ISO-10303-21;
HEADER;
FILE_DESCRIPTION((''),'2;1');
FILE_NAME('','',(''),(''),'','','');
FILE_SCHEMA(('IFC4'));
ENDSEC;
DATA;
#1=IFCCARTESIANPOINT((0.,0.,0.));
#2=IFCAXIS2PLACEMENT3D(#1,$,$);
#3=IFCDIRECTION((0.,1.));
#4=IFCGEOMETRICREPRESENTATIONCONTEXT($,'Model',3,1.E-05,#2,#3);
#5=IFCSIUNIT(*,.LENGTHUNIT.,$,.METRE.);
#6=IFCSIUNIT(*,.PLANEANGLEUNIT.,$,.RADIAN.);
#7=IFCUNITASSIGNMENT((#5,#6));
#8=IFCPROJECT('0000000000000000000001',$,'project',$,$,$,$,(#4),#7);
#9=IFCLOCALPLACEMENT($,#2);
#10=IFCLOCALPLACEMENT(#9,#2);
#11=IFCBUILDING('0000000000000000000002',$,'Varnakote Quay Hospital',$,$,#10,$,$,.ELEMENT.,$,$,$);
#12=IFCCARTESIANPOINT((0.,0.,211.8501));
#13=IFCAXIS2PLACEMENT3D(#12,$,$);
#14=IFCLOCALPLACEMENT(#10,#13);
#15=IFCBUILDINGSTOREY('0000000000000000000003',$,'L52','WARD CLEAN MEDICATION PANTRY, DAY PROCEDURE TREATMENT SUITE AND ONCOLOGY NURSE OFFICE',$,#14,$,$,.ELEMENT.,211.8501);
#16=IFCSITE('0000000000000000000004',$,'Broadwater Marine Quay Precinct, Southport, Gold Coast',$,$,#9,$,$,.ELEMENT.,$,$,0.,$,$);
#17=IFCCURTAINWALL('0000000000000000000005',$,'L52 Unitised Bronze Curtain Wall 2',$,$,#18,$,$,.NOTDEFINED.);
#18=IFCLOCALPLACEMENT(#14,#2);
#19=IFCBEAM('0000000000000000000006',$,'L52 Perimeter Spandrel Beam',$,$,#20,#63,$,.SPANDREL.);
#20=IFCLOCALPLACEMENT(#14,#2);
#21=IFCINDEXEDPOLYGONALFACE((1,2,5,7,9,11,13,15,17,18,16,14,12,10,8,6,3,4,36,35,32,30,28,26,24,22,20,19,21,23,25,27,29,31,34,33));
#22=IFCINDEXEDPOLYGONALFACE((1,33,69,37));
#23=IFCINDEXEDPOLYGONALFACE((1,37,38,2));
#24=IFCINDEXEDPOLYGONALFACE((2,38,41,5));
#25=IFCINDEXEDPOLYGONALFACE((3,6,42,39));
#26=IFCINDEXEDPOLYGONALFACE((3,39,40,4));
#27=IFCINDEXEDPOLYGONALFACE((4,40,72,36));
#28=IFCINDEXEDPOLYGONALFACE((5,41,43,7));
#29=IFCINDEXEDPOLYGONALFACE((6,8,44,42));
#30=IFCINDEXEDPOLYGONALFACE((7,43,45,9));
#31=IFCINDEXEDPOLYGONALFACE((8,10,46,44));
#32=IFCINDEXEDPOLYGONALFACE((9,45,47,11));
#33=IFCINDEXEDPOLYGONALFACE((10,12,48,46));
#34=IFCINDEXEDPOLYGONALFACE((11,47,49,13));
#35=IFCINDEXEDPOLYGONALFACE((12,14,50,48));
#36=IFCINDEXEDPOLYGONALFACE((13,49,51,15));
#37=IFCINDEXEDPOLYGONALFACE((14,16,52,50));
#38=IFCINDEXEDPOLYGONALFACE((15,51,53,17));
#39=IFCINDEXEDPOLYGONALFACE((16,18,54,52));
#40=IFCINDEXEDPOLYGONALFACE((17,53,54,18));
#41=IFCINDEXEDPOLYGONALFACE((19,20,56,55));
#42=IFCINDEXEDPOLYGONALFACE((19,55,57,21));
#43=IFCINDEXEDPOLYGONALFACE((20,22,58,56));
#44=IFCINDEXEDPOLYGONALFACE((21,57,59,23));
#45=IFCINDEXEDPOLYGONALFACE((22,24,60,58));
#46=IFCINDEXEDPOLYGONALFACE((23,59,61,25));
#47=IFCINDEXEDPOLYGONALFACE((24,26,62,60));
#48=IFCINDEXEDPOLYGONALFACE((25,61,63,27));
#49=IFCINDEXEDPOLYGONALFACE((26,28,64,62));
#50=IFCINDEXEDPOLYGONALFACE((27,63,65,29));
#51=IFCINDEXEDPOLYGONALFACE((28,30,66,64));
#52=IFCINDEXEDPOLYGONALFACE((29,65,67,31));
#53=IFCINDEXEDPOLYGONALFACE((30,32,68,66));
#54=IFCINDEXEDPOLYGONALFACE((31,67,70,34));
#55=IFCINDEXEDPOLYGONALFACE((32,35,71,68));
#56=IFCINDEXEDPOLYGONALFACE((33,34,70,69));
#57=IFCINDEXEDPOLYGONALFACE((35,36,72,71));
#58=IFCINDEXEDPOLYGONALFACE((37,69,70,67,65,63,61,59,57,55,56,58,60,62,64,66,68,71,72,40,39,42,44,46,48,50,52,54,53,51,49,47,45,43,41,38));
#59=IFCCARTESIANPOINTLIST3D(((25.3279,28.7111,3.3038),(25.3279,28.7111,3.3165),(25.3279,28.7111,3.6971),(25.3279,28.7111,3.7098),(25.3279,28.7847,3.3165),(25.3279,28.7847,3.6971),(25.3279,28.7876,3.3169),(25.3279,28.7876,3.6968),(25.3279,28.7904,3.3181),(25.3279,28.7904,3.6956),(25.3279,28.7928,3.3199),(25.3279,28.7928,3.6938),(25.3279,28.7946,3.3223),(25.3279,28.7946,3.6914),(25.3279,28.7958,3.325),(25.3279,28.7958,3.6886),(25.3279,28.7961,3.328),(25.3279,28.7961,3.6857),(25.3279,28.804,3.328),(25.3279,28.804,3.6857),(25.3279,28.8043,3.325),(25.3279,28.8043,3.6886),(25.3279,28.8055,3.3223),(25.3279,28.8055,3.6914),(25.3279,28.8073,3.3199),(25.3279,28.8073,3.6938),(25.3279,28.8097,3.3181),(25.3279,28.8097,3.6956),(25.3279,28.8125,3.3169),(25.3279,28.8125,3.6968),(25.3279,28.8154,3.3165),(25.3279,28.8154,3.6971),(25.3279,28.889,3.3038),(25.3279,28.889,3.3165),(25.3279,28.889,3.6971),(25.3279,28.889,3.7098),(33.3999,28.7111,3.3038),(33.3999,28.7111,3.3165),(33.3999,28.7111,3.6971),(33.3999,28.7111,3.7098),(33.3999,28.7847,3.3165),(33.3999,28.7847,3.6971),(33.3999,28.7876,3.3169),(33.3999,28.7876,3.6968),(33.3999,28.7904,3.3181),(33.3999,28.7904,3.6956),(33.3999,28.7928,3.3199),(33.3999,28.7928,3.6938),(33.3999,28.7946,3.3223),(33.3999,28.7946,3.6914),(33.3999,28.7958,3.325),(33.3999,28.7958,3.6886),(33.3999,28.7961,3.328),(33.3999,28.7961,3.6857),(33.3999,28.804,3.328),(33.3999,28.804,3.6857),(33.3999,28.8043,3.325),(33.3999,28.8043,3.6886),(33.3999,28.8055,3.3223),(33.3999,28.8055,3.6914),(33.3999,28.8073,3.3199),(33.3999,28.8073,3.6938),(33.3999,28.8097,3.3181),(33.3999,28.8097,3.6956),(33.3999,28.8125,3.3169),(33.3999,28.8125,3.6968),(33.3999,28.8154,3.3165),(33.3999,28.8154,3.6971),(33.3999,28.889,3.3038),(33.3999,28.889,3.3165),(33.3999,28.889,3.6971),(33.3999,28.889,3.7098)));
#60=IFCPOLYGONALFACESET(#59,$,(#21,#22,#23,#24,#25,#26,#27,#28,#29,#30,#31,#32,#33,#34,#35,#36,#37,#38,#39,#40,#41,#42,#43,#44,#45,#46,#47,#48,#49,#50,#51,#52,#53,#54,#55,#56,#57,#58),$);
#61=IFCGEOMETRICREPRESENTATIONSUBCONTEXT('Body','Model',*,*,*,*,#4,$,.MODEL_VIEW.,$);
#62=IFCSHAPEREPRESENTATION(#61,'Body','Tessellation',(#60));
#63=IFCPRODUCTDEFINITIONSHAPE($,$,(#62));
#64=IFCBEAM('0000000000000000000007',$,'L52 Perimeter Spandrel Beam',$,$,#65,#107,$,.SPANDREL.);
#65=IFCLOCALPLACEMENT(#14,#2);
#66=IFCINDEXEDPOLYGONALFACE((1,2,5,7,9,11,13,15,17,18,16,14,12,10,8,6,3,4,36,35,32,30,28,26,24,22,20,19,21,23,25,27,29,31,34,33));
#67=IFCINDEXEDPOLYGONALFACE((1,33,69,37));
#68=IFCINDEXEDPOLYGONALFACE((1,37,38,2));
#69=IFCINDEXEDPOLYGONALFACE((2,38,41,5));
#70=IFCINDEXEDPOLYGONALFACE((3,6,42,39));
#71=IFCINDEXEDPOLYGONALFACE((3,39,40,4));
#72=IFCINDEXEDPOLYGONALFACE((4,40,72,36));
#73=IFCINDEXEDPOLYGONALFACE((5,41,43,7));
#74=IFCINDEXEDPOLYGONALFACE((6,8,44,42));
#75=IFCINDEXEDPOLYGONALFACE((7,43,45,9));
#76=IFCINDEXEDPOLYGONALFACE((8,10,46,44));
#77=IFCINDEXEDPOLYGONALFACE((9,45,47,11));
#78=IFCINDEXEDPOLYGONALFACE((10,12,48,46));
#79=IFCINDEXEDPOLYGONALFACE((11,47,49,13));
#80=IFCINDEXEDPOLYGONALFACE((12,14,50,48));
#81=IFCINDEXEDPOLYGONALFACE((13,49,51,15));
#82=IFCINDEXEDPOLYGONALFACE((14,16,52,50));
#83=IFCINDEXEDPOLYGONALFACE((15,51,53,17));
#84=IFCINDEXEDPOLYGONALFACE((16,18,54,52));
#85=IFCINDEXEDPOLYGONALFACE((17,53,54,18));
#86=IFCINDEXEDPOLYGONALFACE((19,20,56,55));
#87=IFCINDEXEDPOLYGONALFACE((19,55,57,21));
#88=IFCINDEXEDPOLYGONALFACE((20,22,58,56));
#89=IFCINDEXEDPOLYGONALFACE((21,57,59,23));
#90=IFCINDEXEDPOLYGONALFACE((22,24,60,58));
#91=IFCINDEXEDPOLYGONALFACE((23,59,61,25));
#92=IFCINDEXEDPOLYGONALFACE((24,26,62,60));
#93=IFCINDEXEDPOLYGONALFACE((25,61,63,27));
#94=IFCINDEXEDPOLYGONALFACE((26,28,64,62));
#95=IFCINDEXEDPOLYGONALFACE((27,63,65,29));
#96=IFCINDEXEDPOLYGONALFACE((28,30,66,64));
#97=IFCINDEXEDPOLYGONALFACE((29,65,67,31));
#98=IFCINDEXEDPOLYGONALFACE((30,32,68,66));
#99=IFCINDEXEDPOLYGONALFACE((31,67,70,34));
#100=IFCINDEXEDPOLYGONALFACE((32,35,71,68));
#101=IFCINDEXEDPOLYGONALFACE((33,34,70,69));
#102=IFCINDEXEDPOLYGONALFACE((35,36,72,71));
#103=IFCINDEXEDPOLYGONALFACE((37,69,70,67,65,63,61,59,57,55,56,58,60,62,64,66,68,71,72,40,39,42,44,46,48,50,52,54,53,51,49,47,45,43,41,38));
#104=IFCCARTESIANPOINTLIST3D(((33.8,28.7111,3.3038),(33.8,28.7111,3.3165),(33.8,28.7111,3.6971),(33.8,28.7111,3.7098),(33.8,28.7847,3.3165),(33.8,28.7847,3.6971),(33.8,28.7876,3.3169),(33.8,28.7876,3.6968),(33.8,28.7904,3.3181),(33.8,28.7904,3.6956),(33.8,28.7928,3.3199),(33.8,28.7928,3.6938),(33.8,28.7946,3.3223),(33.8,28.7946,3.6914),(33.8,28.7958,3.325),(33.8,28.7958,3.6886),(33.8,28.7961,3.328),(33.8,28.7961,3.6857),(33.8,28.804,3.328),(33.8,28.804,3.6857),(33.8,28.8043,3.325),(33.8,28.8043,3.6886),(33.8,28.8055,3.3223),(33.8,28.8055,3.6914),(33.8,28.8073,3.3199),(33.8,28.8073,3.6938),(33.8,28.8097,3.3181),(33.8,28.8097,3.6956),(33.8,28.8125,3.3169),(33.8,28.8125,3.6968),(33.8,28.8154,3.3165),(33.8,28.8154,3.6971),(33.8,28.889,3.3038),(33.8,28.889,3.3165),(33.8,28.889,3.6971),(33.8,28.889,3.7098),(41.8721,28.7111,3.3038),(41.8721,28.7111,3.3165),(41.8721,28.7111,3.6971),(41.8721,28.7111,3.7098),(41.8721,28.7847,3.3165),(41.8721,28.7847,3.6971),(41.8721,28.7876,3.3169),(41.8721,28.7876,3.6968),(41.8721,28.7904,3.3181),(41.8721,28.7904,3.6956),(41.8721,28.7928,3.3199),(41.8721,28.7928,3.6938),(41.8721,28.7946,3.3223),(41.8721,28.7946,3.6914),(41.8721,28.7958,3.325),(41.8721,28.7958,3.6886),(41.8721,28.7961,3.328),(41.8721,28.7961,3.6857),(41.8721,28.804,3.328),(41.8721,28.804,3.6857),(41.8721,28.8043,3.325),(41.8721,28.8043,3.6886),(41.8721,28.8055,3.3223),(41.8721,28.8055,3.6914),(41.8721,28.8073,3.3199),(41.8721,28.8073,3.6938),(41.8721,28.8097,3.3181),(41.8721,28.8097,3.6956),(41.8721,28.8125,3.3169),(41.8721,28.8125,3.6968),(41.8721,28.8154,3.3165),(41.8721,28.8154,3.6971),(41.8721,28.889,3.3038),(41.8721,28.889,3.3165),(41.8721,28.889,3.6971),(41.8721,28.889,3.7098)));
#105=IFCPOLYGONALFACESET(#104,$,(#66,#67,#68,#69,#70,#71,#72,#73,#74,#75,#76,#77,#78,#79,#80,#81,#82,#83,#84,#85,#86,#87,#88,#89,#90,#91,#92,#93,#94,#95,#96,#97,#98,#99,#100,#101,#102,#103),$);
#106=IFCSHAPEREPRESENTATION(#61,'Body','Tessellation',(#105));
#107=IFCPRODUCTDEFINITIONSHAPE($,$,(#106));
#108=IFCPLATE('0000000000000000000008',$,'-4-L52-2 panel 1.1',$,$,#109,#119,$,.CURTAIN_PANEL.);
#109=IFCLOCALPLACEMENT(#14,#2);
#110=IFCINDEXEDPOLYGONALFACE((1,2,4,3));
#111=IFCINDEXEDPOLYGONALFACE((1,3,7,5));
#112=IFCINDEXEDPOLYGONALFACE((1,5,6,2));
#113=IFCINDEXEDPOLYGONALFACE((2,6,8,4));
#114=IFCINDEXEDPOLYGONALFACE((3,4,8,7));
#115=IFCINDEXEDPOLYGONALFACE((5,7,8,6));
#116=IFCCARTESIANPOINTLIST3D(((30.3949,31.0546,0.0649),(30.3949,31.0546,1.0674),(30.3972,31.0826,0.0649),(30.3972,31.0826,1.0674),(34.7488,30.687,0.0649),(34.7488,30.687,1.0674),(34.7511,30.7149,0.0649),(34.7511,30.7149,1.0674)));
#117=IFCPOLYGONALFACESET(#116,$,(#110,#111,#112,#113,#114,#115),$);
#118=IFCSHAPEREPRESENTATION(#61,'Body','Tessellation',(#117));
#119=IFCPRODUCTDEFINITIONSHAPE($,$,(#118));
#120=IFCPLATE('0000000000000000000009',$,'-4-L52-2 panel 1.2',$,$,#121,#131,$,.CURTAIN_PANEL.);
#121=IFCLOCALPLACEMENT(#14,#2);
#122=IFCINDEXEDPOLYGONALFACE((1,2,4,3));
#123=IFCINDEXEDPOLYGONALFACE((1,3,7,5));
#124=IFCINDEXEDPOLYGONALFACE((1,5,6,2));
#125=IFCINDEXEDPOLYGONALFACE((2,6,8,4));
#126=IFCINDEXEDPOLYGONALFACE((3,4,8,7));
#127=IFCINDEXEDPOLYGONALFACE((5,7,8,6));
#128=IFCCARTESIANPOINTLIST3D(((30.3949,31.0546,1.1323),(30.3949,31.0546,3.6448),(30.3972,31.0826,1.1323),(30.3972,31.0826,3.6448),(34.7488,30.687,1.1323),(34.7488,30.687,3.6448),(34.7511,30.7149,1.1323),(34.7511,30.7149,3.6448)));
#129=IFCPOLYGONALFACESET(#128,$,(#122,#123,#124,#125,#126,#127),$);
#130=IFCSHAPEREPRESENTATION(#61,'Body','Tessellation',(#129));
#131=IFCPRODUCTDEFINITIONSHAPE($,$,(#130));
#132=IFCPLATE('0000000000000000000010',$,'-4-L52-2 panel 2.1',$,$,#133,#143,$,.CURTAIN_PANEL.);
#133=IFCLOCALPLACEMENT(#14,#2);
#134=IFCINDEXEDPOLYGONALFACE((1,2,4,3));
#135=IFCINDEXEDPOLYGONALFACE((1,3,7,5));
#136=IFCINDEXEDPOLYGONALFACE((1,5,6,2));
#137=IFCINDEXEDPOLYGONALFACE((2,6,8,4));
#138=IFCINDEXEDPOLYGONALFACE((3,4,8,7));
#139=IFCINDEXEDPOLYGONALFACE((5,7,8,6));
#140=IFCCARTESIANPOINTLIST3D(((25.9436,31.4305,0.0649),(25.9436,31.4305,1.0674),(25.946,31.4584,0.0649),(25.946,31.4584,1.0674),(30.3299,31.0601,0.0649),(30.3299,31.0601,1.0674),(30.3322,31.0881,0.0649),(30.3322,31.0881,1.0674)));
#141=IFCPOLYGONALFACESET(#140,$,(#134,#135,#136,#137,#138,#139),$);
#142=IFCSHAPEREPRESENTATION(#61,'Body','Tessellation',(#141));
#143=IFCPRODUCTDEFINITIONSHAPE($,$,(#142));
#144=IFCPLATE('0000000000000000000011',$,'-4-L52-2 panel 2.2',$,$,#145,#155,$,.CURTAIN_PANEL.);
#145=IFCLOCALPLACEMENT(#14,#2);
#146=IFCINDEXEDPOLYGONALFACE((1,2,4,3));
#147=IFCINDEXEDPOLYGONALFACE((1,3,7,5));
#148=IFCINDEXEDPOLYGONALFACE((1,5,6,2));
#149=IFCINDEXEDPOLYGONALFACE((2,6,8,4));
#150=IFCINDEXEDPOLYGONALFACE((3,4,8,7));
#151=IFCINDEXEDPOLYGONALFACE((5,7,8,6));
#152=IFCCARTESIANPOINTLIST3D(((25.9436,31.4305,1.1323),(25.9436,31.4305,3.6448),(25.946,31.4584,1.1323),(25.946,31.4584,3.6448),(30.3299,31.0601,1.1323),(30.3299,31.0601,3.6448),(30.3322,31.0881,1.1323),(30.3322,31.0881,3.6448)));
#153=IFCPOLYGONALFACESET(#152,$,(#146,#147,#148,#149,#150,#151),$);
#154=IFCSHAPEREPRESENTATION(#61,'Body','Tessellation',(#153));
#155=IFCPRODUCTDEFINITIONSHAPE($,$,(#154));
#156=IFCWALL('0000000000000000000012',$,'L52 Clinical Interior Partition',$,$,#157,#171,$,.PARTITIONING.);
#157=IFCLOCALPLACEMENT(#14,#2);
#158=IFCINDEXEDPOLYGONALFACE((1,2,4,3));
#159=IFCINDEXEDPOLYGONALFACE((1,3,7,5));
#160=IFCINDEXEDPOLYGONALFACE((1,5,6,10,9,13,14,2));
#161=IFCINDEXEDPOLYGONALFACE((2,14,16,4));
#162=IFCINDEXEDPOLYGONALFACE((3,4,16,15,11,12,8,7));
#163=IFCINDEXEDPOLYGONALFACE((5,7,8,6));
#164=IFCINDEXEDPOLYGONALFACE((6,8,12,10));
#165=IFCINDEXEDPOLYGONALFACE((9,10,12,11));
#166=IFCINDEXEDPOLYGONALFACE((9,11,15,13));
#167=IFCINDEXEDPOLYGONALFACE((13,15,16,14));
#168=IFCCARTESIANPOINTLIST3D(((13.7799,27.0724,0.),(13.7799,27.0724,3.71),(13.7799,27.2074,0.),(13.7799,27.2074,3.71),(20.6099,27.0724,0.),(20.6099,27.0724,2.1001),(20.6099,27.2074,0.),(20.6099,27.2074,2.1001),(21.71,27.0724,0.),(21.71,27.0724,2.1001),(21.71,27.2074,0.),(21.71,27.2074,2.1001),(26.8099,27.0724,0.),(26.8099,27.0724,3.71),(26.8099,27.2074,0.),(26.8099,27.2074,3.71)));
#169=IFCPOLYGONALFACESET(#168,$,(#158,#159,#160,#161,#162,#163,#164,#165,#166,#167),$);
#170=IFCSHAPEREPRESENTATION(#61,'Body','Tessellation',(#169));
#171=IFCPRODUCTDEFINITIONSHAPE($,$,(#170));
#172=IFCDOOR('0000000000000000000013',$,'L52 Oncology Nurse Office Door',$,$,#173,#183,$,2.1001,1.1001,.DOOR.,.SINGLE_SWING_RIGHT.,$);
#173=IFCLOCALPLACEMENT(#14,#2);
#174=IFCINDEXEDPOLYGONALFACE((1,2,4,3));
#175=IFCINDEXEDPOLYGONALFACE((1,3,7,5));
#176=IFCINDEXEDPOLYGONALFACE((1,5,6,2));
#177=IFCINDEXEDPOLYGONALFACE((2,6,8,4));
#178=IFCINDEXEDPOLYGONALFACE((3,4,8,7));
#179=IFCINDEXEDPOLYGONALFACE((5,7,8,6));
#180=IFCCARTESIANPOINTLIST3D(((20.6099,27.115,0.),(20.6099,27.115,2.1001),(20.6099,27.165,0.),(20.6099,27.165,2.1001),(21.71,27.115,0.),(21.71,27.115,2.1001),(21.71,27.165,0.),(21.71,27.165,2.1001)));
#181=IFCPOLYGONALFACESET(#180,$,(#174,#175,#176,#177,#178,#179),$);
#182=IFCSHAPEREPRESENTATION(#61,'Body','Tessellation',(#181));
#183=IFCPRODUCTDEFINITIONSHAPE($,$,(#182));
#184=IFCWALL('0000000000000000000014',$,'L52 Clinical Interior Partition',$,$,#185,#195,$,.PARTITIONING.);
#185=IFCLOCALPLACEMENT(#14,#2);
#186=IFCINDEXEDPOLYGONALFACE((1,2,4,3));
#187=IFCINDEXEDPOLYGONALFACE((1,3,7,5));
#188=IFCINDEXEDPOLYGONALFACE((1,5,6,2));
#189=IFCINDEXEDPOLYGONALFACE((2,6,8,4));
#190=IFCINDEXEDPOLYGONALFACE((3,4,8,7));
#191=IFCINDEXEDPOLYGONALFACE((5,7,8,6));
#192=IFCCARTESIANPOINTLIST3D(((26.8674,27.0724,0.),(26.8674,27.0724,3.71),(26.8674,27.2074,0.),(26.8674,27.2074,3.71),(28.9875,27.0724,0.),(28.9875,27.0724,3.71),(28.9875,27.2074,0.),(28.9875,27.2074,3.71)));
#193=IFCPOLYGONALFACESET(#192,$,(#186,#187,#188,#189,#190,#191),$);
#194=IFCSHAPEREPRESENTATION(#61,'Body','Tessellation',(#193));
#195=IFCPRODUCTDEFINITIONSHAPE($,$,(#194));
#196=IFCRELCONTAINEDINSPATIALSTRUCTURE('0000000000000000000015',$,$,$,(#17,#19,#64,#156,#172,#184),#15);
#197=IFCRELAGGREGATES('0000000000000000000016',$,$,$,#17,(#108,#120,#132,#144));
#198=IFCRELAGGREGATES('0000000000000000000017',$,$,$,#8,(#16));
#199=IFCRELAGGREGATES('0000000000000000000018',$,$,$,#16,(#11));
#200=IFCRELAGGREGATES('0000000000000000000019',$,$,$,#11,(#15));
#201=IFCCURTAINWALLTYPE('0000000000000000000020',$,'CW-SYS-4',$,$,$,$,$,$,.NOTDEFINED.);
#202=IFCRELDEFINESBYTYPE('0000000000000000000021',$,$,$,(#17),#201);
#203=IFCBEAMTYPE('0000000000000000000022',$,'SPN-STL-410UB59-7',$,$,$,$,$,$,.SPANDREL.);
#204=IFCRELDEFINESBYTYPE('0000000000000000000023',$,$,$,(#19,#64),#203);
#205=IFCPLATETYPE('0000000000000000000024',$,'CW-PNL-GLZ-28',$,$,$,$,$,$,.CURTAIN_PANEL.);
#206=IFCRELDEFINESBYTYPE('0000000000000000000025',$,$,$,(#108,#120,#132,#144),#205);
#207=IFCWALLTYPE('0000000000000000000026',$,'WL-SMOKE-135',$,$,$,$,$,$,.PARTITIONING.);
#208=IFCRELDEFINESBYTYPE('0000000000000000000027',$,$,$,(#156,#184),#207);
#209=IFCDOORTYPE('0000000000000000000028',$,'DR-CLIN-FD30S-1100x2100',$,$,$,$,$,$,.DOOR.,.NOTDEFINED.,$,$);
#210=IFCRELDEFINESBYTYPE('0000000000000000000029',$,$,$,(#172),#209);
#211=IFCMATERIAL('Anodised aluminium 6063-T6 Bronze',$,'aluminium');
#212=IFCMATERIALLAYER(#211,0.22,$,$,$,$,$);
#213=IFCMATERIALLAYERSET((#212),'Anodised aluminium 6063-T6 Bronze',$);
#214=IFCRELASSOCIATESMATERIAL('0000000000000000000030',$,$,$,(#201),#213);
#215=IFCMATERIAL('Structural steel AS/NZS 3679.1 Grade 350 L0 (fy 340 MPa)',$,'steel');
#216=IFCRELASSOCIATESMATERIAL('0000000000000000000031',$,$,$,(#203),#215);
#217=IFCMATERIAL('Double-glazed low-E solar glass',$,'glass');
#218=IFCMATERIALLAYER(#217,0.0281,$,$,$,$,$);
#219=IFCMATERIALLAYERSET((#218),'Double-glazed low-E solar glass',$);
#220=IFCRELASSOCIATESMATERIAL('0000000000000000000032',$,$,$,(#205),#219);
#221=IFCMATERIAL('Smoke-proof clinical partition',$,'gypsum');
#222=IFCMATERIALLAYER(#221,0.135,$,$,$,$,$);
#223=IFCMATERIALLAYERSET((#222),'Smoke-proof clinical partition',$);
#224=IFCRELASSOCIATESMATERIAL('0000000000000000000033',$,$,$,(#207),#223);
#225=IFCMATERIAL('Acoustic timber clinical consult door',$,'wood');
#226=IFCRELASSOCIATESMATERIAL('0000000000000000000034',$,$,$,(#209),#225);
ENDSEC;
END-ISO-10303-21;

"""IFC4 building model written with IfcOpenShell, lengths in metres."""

from ifc_helpers import new_model, si_unit, direction, frame, frame_2d, origin, origin_2d, place, context, subcontext, project, spatial, rectangle, i_section, extrude, material, layer, layer_set, material_profile, profile_set, type_object, element, fill, aggregate, save


model = new_model("IFC4")

# Units and contexts
model_context = context("Model", 3, precision=1e-05, world=origin(), true_north=direction((0.0, 1.0)))
body_context = subcontext(model_context, "Body", "Model", "MODEL_VIEW")
ifc_project = project(units=[si_unit("LENGTHUNIT", "METRE"), si_unit("PLANEANGLEUNIT", "RADIAN")], contexts=[model_context])

# Site, building, storey
site_placement = place(None, origin())
site = spatial("IfcSite", under=ifc_project, at=site_placement, Name="Broadwater Marine Quay Precinct, Southport, Gold Coast", CompositionType="ELEMENT", RefElevation=0.0)
building_placement = place(site_placement, origin())
building = spatial("IfcBuilding", under=site, at=building_placement, Name="Varnakote Quay Hospital", CompositionType="ELEMENT")
storey_placement = place(building_placement, frame((0.0, 0.0, 211.8501)))
storey = spatial("IfcBuildingStorey", under=building, at=storey_placement, Name="L52", Description="WARD CLEAN MEDICATION PANTRY, DAY PROCEDURE TREATMENT SUITE AND ONCOLOGY NURSE OFFICE", CompositionType="ELEMENT", Elevation=211.8501)

# Curtain wall
ifc_material_1 = material(Name="Anodised aluminium 6063-T6 Bronze", Category="aluminium")
ifc_layer_1 = layer(ifc_material_1, 0.22)
ifc_layer_set_1 = layer_set([ifc_layer_1], Name="Anodised aluminium 6063-T6 Bronze")
curtain_wall_type = type_object("IfcCurtainWallType", Name="CW-SYS-4", PredefinedType="NOTDEFINED", material=ifc_layer_set_1)
curtain_wall_placement = place(storey_placement, origin())
curtain_wall = element("IfcCurtainWall", 1, at=curtain_wall_placement, inside=storey, type_object=curtain_wall_type, Name="L52 Unitised Bronze Curtain Wall 2", PredefinedType="NOTDEFINED")

# Beams
ifc_material_2 = material(Name="Structural steel AS/NZS 3679.1 Grade 350 L0 (fy 340 MPa)", Category="steel")
ifc_material_profile_1 = material_profile(ifc_material_2, i_section(OverallWidth=0.178, OverallDepth=0.406, WebThickness=0.0078, FlangeThickness=0.0127, FilletRadius=0.0115, at=origin_2d()), Name="410UB59.7")
ifc_profile_set_1 = profile_set([ifc_material_profile_1], Name="Structural steel AS/NZS 3679.1 Grade 350 L0 (fy 340 MPa)")
beam_type_1 = type_object("IfcBeamType", Name="SPN-STL-410UB59-7", PredefinedType="SPANDREL", material=ifc_profile_set_1)
for number, where, z_axis, x_axis, name in (
    (2, (25.3279, 28.8, 3.5068), (1.0, 0.0, 0.0), (0.0, 1.0, 0.0), "L52 Perimeter Spandrel Beam"),
    (3, (33.8, 28.8, 3.5068), (1.0, 0.0, 0.0), (0.0, 1.0, 0.0), "L52 Perimeter Spandrel Beam"),
):
    element("IfcBeam", number, at=place(storey_placement, frame(where, z_axis=z_axis, x_axis=x_axis)), inside=storey, type_object=beam_type_1, Name=name, PredefinedType="SPANDREL", context=body_context, shape_type="SweptSolid", body=[
        extrude(i_section(OverallWidth=0.178, OverallDepth=0.406, WebThickness=0.0078, FlangeThickness=0.0127, FilletRadius=0.0115, at=origin_2d()), origin(), (0.0, 0.0, 1.0), 8.072),
    ])

# Plates
ifc_material_3 = material(Name="Double-glazed low-E solar glass", Category="glass")
ifc_layer_2 = layer(ifc_material_3, 0.0281)
ifc_layer_set_2 = layer_set([ifc_layer_2], Name="Double-glazed low-E solar glass")
plate_type = type_object("IfcPlateType", Name="CW-PNL-GLZ-28", PredefinedType="CURTAIN_PANEL", material=ifc_layer_set_2)
plate_1_placement = place(storey_placement, frame((32.573, 30.8848, 0.0649), z_axis=(0.0, 0.0, 1.0), x_axis=(-0.996454, 0.084136, 0.0)))
plate_1 = element("IfcPlate", 4, at=plate_1_placement, type_object=plate_type, Name="-4-L52-2 panel 1.1", PredefinedType="CURTAIN_PANEL", context=body_context, shape_type="SweptSolid", body=[
    extrude(rectangle(XDim=4.3694, YDim=0.0281, at=origin_2d()), origin(), (0.0, 0.0, 1.0), 1.0024),
])
plate_2_placement = place(storey_placement, frame((32.573, 30.8848, 1.1323), z_axis=(0.0, 0.0, 1.0), x_axis=(-0.996454, 0.084136, 0.0)))
plate_2 = element("IfcPlate", 5, at=plate_2_placement, type_object=plate_type, Name="-4-L52-2 panel 1.2", PredefinedType="CURTAIN_PANEL", context=body_context, shape_type="SweptSolid", body=[
    extrude(rectangle(XDim=4.3694, YDim=0.0281, at=origin_2d()), origin(), (0.0, 0.0, 1.0), 2.5125),
])
plate_3_placement = place(storey_placement, frame((28.1379, 31.2593, 0.0649), z_axis=(0.0, 0.0, 1.0), x_axis=(-0.996454, 0.084136, 0.0)))
plate_3 = element("IfcPlate", 6, at=plate_3_placement, type_object=plate_type, Name="-4-L52-2 panel 2.1", PredefinedType="CURTAIN_PANEL", context=body_context, shape_type="SweptSolid", body=[
    extrude(rectangle(XDim=4.4019, YDim=0.0281, at=origin_2d()), origin(), (0.0, 0.0, 1.0), 1.0024),
])
plate_4_placement = place(storey_placement, frame((28.1379, 31.2593, 1.1323), z_axis=(0.0, 0.0, 1.0), x_axis=(-0.996454, 0.084136, 0.0)))
plate_4 = element("IfcPlate", 7, at=plate_4_placement, type_object=plate_type, Name="-4-L52-2 panel 2.2", PredefinedType="CURTAIN_PANEL", context=body_context, shape_type="SweptSolid", body=[
    extrude(rectangle(XDim=4.4019, YDim=0.0281, at=origin_2d()), origin(), (0.0, 0.0, 1.0), 2.5125),
])
aggregate(curtain_wall, [plate_1, plate_2, plate_3, plate_4])

# Wall, opening, door
ifc_material_4 = material(Name="Smoke-proof clinical partition", Category="gypsum")
ifc_layer_3 = layer(ifc_material_4, 0.135)
ifc_layer_set_3 = layer_set([ifc_layer_3], Name="Smoke-proof clinical partition")
wall_type = type_object("IfcWallType", Name="WL-SMOKE-135", PredefinedType="PARTITIONING", material=ifc_layer_set_3)
wall_1_placement = place(storey_placement, frame((26.8101, 27.1399, 0.0), z_axis=(0.0, 0.0, 1.0), x_axis=(-1.0, 0.0, 0.0)))
wall_1 = element("IfcWall", 8, at=wall_1_placement, inside=storey, type_object=wall_type, Name="L52 Clinical Interior Partition", PredefinedType="PARTITIONING", context=body_context, shape_type="SweptSolid", body=[
    extrude(rectangle(XDim=13.03, YDim=0.135, at=frame_2d((6.5151, 0.0))), origin(), (0.0, 0.0, 1.0), 3.71),
])
opening_1_placement = place(wall_1_placement, frame((5.1001, 0.0, 0.0)))
opening_1 = element("IfcOpeningElement", 9, at=opening_1_placement, cuts=wall_1, PredefinedType="OPENING", context=body_context, shape_type="SweptSolid", body=[
    extrude(rectangle(XDim=1.1001, YDim=2.1001, at=frame_2d((0.55, 1.05))), frame((0.0, 0.0774, 0.0), z_axis=(0.0, -1.0, 0.0), x_axis=(1.0, 0.0, 0.0)), (0.0, 0.0, 1.0), 0.155),
])
ifc_material_5 = material(Name="Acoustic timber clinical consult door", Category="wood")
door_type = type_object("IfcDoorType", Name="DR-CLIN-FD30S-1100x2100", OperationType="NOTDEFINED", PredefinedType="DOOR", material=ifc_material_5)
door_1_placement = place(opening_1_placement, origin())
door_1 = element("IfcDoor", 10, at=door_1_placement, inside=storey, type_object=door_type, Name="L52 Oncology Nurse Office Door", OperationType="SINGLE_SWING_RIGHT", OverallHeight=2.1001, OverallWidth=1.1001, PredefinedType="DOOR", context=body_context, shape_type="SweptSolid", body=[
    extrude(rectangle(XDim=1.1001, YDim=2.1001, at=frame_2d((0.55, 1.05))), frame((0.0, 0.0249, 0.0), z_axis=(0.0, -1.0, 0.0), x_axis=(1.0, 0.0, 0.0)), (0.0, 0.0, 1.0), 0.05),
])
fill(opening_1, door_1)

# Wall
wall_2_placement = place(storey_placement, frame((28.9875, 27.1399, 0.0), z_axis=(0.0, 0.0, 1.0), x_axis=(-1.0, 0.0, 0.0)))
element("IfcWall", 11, at=wall_2_placement, inside=storey, type_object=wall_type, Name="L52 Clinical Interior Partition", PredefinedType="PARTITIONING", context=body_context, shape_type="SweptSolid", body=[
    extrude(rectangle(XDim=2.1201, YDim=0.135, at=frame_2d((1.0601, 0.0))), origin(), (0.0, 0.0, 1.0), 3.71),
])

save(model, "model.ifc")
